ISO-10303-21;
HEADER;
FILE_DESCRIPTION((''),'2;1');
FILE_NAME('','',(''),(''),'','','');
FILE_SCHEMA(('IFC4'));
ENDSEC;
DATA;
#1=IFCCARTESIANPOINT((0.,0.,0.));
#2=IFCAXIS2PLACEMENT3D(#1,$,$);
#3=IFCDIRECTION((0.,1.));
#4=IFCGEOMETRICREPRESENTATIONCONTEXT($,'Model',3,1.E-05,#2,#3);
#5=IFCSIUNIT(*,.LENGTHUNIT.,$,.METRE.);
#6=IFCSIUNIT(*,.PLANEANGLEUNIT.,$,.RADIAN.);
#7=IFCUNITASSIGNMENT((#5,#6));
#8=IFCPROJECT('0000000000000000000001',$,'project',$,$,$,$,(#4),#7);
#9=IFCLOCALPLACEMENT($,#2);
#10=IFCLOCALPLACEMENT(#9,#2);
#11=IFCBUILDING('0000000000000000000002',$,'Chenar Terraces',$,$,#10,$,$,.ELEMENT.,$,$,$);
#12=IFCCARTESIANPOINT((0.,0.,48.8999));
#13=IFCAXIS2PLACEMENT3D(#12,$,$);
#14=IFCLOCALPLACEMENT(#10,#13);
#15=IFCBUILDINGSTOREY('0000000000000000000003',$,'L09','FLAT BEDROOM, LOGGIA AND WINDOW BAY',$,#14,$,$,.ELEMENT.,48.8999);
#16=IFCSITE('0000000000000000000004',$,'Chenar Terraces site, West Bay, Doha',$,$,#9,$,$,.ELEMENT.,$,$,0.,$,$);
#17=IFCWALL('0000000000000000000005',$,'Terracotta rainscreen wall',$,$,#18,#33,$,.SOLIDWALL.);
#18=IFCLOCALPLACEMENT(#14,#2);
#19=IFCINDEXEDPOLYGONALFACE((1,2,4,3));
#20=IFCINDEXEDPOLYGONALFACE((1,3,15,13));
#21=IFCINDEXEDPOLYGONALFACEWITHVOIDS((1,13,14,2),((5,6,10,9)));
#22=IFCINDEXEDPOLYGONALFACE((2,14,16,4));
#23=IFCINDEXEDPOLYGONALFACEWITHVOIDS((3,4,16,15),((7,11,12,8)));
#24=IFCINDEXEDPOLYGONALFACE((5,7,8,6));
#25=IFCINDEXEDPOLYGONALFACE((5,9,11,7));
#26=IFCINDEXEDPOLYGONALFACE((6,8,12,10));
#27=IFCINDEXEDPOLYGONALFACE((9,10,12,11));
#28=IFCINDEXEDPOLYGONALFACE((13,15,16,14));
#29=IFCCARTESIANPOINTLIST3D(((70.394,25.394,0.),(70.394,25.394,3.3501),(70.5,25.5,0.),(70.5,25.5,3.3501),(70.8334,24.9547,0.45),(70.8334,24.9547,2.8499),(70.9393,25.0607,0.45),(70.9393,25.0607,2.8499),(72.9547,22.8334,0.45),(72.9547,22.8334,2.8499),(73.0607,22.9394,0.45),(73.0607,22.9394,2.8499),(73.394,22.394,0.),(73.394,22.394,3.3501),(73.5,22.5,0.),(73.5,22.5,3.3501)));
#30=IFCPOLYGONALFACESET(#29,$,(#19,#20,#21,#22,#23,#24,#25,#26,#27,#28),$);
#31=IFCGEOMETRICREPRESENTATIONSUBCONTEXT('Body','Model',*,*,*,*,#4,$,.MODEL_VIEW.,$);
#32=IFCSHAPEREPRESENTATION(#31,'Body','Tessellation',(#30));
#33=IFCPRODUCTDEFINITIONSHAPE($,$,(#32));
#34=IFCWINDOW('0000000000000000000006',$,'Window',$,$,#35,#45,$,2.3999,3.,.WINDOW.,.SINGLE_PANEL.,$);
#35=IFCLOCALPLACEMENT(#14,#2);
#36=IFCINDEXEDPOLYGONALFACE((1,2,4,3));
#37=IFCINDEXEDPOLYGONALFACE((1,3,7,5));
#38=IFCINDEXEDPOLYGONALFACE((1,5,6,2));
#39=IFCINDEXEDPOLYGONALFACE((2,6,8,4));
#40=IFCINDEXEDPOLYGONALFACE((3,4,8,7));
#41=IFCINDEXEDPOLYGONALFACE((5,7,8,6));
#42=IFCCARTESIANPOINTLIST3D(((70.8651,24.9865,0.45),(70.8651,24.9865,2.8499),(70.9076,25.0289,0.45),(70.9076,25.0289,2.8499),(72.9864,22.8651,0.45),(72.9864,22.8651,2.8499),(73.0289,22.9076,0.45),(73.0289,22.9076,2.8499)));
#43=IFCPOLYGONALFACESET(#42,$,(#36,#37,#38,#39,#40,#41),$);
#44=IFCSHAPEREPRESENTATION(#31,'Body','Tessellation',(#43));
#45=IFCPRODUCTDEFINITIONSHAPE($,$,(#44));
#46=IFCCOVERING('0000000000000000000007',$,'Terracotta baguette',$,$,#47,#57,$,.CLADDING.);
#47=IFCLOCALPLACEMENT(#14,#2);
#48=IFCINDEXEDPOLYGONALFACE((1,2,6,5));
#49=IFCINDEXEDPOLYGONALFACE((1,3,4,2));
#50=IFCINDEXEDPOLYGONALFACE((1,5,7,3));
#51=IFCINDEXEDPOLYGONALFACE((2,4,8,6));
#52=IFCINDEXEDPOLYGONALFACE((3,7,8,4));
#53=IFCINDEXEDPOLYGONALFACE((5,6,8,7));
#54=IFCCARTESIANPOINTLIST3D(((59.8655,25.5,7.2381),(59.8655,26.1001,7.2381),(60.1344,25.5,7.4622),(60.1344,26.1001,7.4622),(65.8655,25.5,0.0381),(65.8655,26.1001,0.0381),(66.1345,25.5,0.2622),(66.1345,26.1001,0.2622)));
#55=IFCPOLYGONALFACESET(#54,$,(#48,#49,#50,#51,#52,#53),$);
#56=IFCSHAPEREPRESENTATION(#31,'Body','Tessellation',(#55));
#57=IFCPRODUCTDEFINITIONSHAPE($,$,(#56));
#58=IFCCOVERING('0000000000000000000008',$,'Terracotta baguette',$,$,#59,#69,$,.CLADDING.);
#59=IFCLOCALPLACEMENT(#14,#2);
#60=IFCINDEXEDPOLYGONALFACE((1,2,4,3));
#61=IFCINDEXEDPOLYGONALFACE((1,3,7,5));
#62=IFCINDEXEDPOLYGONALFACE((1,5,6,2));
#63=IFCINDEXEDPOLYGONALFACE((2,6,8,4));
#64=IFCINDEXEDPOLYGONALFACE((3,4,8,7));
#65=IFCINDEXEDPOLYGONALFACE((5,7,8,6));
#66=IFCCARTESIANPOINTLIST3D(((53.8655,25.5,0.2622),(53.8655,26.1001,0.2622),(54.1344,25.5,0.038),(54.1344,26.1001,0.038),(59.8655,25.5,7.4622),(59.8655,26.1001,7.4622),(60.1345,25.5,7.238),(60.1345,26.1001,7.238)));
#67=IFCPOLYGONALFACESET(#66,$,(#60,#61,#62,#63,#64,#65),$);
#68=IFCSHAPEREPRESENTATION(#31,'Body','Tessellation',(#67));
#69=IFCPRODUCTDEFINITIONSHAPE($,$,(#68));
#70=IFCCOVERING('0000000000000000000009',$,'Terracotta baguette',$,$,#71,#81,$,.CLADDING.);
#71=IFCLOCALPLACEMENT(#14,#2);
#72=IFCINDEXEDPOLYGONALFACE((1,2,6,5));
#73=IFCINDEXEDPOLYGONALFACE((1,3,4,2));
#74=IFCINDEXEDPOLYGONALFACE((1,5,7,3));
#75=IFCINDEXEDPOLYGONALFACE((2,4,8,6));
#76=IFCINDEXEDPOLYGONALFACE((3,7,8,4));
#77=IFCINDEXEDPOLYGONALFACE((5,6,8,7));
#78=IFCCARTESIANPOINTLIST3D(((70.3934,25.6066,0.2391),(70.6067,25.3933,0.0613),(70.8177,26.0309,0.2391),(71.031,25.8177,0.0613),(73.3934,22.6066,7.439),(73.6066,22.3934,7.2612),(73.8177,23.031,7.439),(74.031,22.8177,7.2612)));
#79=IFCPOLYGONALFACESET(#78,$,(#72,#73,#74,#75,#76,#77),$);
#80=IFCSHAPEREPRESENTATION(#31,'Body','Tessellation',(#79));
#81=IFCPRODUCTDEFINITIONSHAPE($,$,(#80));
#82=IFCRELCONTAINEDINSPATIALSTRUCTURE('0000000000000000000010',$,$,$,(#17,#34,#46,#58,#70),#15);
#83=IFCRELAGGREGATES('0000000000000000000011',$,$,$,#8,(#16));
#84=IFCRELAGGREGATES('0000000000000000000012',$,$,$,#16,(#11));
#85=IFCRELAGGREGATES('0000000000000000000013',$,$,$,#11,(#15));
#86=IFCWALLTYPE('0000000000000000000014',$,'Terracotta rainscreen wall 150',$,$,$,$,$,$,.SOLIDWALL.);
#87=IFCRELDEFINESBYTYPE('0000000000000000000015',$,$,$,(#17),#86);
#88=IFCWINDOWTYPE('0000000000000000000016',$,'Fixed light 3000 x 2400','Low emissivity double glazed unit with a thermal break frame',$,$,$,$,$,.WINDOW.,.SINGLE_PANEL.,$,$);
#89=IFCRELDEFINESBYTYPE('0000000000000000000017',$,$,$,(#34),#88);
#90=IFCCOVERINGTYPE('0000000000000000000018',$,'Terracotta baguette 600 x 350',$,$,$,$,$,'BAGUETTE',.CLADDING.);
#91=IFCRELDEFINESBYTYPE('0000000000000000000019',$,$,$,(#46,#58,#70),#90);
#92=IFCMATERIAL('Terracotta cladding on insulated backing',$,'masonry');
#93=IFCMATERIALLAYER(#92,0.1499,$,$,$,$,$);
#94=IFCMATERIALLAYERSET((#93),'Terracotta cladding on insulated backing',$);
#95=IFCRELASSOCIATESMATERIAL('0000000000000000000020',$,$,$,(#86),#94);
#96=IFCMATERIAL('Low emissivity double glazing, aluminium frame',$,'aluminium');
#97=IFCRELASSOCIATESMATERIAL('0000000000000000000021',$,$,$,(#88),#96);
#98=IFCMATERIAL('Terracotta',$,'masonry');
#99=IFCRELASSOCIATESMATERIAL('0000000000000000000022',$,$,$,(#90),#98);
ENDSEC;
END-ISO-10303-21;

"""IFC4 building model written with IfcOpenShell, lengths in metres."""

from ifc_helpers import new_model, si_unit, direction, frame, frame_2d, origin, origin_2d, place, context, subcontext, project, spatial, rectangle, extrude, material, layer, layer_set, material_profile, profile_set, type_object, element, fill, save


model = new_model("IFC4")

# Units and contexts
model_context = context("Model", 3, precision=1e-05, world=origin(), true_north=direction((0.0, 1.0)))
body_context = subcontext(model_context, "Body", "Model", "MODEL_VIEW")
ifc_project = project(units=[si_unit("LENGTHUNIT", "METRE"), si_unit("PLANEANGLEUNIT", "RADIAN")], contexts=[model_context])

# Site, building, storey
site_placement = place(None, origin())
site = spatial("IfcSite", under=ifc_project, at=site_placement, Name="Chenar Terraces site, West Bay, Doha", CompositionType="ELEMENT", RefElevation=0.0)
building_placement = place(site_placement, origin())
building = spatial("IfcBuilding", under=site, at=building_placement, Name="Chenar Terraces", CompositionType="ELEMENT")
storey_placement = place(building_placement, frame((0.0, 0.0, 48.8999)))
storey = spatial("IfcBuildingStorey", under=building, at=storey_placement, Name="L09", Description="FLAT BEDROOM, LOGGIA AND WINDOW BAY", CompositionType="ELEMENT", Elevation=48.8999)

# Wall, opening, window
ifc_material_1 = material(Name="Terracotta cladding on insulated backing", Category="masonry")
ifc_layer_1 = layer(ifc_material_1, 0.1499)
ifc_layer_set_1 = layer_set([ifc_layer_1], Name="Terracotta cladding on insulated backing")
wall_type_1 = type_object("IfcWallType", Name="Terracotta rainscreen wall 150", PredefinedType="SOLIDWALL", material=ifc_layer_set_1)
wall_1_placement = place(storey_placement, frame((73.447, 22.447, 0.0), z_axis=(0.0, 0.0, 1.0), x_axis=(-0.707107, 0.707107, 0.0)))
wall_1 = element("IfcWall", 1, at=wall_1_placement, inside=storey, type_object=wall_type_1, Name="Terracotta rainscreen wall", PredefinedType="SOLIDWALL", context=body_context, shape_type="SweptSolid", body=[
    extrude(rectangle(XDim=4.2427, YDim=0.1499, at=frame_2d((2.1213, 0.0))), origin(), (0.0, 0.0, 1.0), 3.3501),
])
opening_1_placement = place(wall_1_placement, frame((0.6213, 0.0, 0.45)))
opening_1 = element("IfcOpeningElement", 2, at=opening_1_placement, cuts=wall_1, PredefinedType="OPENING", context=body_context, shape_type="SweptSolid", body=[
    extrude(rectangle(XDim=3.0, YDim=2.3999, at=frame_2d((1.5, 1.2))), frame((0.0, 0.085, 0.0), z_axis=(0.0, -1.0, 0.0), x_axis=(1.0, 0.0, 0.0)), (0.0, 0.0, 1.0), 0.1699),
])
ifc_material_2 = material(Name="Low emissivity double glazing, aluminium frame", Category="aluminium")
window_type_1 = type_object("IfcWindowType", Name="Fixed light 3000 x 2400", Description="Low emissivity double glazed unit with a thermal break frame", PartitioningType="SINGLE_PANEL", PredefinedType="WINDOW", material=ifc_material_2)
window_1_placement = place(opening_1_placement, origin())
window_1 = element("IfcWindow", 3, at=window_1_placement, inside=storey, type_object=window_type_1, Name="Window", OverallHeight=2.3999, OverallWidth=3.0, PartitioningType="SINGLE_PANEL", PredefinedType="WINDOW", context=body_context, shape_type="SweptSolid", body=[
    extrude(rectangle(XDim=3.0, YDim=2.3999, at=frame_2d((1.5, 1.2))), frame((0.0, 0.03, 0.0), z_axis=(0.0, -1.0, 0.0), x_axis=(1.0, 0.0, 0.0)), (0.0, 0.0, 1.0), 0.0601),
])
fill(opening_1, window_1)

# Coverings
ifc_material_3 = material(Name="Terracotta", Category="masonry")
ifc_material_profile_1 = material_profile(ifc_material_3, rectangle(XDim=0.6001, YDim=0.3501, at=origin_2d()), Name="Terracotta baguette 600 x 350")
ifc_profile_set_1 = profile_set([ifc_material_profile_1], Name="Terracotta")
covering_type = type_object("IfcCoveringType", Name="Terracotta baguette 600 x 350", ElementType="BAGUETTE", PredefinedType="CLADDING", material=ifc_profile_set_1)
for number, where, z_axis, x_axis, name in (
    (4, (66.0, 25.8, 0.1501), (-0.640187, 0.0, 0.768219), (0.0, -1.0, 0.0), "Terracotta baguette"),
    (5, (60.0, 25.8, 7.3501), (-0.640187, 0.0, -0.768219), (0.0, -1.0, 0.0), "Terracotta baguette"),
):
    element("IfcCovering", number, at=place(storey_placement, frame(where, z_axis=z_axis, x_axis=x_axis)), inside=storey, type_object=covering_type, Name=name, PredefinedType="CLADDING", context=body_context, shape_type="SweptSolid", body=[
        extrude(rectangle(XDim=0.6001, YDim=0.3501, at=origin_2d()), origin(), (0.0, 0.0, 1.0), 9.3723),
    ])
covering_placement = place(storey_placement, frame((73.7122, 22.7122, 7.3501), z_axis=(-0.358981, 0.358981, -0.861548), x_axis=(-0.707107, -0.707107, 0.0)))
element("IfcCovering", 6, at=covering_placement, inside=storey, type_object=covering_type, Name="Terracotta baguette", PredefinedType="CLADDING", context=body_context, shape_type="SweptSolid", body=[
    extrude(rectangle(XDim=0.6001, YDim=0.3501, at=origin_2d()), origin(), (0.0, 0.0, 1.0), 8.3569),
])

save(model, "model.ifc")
